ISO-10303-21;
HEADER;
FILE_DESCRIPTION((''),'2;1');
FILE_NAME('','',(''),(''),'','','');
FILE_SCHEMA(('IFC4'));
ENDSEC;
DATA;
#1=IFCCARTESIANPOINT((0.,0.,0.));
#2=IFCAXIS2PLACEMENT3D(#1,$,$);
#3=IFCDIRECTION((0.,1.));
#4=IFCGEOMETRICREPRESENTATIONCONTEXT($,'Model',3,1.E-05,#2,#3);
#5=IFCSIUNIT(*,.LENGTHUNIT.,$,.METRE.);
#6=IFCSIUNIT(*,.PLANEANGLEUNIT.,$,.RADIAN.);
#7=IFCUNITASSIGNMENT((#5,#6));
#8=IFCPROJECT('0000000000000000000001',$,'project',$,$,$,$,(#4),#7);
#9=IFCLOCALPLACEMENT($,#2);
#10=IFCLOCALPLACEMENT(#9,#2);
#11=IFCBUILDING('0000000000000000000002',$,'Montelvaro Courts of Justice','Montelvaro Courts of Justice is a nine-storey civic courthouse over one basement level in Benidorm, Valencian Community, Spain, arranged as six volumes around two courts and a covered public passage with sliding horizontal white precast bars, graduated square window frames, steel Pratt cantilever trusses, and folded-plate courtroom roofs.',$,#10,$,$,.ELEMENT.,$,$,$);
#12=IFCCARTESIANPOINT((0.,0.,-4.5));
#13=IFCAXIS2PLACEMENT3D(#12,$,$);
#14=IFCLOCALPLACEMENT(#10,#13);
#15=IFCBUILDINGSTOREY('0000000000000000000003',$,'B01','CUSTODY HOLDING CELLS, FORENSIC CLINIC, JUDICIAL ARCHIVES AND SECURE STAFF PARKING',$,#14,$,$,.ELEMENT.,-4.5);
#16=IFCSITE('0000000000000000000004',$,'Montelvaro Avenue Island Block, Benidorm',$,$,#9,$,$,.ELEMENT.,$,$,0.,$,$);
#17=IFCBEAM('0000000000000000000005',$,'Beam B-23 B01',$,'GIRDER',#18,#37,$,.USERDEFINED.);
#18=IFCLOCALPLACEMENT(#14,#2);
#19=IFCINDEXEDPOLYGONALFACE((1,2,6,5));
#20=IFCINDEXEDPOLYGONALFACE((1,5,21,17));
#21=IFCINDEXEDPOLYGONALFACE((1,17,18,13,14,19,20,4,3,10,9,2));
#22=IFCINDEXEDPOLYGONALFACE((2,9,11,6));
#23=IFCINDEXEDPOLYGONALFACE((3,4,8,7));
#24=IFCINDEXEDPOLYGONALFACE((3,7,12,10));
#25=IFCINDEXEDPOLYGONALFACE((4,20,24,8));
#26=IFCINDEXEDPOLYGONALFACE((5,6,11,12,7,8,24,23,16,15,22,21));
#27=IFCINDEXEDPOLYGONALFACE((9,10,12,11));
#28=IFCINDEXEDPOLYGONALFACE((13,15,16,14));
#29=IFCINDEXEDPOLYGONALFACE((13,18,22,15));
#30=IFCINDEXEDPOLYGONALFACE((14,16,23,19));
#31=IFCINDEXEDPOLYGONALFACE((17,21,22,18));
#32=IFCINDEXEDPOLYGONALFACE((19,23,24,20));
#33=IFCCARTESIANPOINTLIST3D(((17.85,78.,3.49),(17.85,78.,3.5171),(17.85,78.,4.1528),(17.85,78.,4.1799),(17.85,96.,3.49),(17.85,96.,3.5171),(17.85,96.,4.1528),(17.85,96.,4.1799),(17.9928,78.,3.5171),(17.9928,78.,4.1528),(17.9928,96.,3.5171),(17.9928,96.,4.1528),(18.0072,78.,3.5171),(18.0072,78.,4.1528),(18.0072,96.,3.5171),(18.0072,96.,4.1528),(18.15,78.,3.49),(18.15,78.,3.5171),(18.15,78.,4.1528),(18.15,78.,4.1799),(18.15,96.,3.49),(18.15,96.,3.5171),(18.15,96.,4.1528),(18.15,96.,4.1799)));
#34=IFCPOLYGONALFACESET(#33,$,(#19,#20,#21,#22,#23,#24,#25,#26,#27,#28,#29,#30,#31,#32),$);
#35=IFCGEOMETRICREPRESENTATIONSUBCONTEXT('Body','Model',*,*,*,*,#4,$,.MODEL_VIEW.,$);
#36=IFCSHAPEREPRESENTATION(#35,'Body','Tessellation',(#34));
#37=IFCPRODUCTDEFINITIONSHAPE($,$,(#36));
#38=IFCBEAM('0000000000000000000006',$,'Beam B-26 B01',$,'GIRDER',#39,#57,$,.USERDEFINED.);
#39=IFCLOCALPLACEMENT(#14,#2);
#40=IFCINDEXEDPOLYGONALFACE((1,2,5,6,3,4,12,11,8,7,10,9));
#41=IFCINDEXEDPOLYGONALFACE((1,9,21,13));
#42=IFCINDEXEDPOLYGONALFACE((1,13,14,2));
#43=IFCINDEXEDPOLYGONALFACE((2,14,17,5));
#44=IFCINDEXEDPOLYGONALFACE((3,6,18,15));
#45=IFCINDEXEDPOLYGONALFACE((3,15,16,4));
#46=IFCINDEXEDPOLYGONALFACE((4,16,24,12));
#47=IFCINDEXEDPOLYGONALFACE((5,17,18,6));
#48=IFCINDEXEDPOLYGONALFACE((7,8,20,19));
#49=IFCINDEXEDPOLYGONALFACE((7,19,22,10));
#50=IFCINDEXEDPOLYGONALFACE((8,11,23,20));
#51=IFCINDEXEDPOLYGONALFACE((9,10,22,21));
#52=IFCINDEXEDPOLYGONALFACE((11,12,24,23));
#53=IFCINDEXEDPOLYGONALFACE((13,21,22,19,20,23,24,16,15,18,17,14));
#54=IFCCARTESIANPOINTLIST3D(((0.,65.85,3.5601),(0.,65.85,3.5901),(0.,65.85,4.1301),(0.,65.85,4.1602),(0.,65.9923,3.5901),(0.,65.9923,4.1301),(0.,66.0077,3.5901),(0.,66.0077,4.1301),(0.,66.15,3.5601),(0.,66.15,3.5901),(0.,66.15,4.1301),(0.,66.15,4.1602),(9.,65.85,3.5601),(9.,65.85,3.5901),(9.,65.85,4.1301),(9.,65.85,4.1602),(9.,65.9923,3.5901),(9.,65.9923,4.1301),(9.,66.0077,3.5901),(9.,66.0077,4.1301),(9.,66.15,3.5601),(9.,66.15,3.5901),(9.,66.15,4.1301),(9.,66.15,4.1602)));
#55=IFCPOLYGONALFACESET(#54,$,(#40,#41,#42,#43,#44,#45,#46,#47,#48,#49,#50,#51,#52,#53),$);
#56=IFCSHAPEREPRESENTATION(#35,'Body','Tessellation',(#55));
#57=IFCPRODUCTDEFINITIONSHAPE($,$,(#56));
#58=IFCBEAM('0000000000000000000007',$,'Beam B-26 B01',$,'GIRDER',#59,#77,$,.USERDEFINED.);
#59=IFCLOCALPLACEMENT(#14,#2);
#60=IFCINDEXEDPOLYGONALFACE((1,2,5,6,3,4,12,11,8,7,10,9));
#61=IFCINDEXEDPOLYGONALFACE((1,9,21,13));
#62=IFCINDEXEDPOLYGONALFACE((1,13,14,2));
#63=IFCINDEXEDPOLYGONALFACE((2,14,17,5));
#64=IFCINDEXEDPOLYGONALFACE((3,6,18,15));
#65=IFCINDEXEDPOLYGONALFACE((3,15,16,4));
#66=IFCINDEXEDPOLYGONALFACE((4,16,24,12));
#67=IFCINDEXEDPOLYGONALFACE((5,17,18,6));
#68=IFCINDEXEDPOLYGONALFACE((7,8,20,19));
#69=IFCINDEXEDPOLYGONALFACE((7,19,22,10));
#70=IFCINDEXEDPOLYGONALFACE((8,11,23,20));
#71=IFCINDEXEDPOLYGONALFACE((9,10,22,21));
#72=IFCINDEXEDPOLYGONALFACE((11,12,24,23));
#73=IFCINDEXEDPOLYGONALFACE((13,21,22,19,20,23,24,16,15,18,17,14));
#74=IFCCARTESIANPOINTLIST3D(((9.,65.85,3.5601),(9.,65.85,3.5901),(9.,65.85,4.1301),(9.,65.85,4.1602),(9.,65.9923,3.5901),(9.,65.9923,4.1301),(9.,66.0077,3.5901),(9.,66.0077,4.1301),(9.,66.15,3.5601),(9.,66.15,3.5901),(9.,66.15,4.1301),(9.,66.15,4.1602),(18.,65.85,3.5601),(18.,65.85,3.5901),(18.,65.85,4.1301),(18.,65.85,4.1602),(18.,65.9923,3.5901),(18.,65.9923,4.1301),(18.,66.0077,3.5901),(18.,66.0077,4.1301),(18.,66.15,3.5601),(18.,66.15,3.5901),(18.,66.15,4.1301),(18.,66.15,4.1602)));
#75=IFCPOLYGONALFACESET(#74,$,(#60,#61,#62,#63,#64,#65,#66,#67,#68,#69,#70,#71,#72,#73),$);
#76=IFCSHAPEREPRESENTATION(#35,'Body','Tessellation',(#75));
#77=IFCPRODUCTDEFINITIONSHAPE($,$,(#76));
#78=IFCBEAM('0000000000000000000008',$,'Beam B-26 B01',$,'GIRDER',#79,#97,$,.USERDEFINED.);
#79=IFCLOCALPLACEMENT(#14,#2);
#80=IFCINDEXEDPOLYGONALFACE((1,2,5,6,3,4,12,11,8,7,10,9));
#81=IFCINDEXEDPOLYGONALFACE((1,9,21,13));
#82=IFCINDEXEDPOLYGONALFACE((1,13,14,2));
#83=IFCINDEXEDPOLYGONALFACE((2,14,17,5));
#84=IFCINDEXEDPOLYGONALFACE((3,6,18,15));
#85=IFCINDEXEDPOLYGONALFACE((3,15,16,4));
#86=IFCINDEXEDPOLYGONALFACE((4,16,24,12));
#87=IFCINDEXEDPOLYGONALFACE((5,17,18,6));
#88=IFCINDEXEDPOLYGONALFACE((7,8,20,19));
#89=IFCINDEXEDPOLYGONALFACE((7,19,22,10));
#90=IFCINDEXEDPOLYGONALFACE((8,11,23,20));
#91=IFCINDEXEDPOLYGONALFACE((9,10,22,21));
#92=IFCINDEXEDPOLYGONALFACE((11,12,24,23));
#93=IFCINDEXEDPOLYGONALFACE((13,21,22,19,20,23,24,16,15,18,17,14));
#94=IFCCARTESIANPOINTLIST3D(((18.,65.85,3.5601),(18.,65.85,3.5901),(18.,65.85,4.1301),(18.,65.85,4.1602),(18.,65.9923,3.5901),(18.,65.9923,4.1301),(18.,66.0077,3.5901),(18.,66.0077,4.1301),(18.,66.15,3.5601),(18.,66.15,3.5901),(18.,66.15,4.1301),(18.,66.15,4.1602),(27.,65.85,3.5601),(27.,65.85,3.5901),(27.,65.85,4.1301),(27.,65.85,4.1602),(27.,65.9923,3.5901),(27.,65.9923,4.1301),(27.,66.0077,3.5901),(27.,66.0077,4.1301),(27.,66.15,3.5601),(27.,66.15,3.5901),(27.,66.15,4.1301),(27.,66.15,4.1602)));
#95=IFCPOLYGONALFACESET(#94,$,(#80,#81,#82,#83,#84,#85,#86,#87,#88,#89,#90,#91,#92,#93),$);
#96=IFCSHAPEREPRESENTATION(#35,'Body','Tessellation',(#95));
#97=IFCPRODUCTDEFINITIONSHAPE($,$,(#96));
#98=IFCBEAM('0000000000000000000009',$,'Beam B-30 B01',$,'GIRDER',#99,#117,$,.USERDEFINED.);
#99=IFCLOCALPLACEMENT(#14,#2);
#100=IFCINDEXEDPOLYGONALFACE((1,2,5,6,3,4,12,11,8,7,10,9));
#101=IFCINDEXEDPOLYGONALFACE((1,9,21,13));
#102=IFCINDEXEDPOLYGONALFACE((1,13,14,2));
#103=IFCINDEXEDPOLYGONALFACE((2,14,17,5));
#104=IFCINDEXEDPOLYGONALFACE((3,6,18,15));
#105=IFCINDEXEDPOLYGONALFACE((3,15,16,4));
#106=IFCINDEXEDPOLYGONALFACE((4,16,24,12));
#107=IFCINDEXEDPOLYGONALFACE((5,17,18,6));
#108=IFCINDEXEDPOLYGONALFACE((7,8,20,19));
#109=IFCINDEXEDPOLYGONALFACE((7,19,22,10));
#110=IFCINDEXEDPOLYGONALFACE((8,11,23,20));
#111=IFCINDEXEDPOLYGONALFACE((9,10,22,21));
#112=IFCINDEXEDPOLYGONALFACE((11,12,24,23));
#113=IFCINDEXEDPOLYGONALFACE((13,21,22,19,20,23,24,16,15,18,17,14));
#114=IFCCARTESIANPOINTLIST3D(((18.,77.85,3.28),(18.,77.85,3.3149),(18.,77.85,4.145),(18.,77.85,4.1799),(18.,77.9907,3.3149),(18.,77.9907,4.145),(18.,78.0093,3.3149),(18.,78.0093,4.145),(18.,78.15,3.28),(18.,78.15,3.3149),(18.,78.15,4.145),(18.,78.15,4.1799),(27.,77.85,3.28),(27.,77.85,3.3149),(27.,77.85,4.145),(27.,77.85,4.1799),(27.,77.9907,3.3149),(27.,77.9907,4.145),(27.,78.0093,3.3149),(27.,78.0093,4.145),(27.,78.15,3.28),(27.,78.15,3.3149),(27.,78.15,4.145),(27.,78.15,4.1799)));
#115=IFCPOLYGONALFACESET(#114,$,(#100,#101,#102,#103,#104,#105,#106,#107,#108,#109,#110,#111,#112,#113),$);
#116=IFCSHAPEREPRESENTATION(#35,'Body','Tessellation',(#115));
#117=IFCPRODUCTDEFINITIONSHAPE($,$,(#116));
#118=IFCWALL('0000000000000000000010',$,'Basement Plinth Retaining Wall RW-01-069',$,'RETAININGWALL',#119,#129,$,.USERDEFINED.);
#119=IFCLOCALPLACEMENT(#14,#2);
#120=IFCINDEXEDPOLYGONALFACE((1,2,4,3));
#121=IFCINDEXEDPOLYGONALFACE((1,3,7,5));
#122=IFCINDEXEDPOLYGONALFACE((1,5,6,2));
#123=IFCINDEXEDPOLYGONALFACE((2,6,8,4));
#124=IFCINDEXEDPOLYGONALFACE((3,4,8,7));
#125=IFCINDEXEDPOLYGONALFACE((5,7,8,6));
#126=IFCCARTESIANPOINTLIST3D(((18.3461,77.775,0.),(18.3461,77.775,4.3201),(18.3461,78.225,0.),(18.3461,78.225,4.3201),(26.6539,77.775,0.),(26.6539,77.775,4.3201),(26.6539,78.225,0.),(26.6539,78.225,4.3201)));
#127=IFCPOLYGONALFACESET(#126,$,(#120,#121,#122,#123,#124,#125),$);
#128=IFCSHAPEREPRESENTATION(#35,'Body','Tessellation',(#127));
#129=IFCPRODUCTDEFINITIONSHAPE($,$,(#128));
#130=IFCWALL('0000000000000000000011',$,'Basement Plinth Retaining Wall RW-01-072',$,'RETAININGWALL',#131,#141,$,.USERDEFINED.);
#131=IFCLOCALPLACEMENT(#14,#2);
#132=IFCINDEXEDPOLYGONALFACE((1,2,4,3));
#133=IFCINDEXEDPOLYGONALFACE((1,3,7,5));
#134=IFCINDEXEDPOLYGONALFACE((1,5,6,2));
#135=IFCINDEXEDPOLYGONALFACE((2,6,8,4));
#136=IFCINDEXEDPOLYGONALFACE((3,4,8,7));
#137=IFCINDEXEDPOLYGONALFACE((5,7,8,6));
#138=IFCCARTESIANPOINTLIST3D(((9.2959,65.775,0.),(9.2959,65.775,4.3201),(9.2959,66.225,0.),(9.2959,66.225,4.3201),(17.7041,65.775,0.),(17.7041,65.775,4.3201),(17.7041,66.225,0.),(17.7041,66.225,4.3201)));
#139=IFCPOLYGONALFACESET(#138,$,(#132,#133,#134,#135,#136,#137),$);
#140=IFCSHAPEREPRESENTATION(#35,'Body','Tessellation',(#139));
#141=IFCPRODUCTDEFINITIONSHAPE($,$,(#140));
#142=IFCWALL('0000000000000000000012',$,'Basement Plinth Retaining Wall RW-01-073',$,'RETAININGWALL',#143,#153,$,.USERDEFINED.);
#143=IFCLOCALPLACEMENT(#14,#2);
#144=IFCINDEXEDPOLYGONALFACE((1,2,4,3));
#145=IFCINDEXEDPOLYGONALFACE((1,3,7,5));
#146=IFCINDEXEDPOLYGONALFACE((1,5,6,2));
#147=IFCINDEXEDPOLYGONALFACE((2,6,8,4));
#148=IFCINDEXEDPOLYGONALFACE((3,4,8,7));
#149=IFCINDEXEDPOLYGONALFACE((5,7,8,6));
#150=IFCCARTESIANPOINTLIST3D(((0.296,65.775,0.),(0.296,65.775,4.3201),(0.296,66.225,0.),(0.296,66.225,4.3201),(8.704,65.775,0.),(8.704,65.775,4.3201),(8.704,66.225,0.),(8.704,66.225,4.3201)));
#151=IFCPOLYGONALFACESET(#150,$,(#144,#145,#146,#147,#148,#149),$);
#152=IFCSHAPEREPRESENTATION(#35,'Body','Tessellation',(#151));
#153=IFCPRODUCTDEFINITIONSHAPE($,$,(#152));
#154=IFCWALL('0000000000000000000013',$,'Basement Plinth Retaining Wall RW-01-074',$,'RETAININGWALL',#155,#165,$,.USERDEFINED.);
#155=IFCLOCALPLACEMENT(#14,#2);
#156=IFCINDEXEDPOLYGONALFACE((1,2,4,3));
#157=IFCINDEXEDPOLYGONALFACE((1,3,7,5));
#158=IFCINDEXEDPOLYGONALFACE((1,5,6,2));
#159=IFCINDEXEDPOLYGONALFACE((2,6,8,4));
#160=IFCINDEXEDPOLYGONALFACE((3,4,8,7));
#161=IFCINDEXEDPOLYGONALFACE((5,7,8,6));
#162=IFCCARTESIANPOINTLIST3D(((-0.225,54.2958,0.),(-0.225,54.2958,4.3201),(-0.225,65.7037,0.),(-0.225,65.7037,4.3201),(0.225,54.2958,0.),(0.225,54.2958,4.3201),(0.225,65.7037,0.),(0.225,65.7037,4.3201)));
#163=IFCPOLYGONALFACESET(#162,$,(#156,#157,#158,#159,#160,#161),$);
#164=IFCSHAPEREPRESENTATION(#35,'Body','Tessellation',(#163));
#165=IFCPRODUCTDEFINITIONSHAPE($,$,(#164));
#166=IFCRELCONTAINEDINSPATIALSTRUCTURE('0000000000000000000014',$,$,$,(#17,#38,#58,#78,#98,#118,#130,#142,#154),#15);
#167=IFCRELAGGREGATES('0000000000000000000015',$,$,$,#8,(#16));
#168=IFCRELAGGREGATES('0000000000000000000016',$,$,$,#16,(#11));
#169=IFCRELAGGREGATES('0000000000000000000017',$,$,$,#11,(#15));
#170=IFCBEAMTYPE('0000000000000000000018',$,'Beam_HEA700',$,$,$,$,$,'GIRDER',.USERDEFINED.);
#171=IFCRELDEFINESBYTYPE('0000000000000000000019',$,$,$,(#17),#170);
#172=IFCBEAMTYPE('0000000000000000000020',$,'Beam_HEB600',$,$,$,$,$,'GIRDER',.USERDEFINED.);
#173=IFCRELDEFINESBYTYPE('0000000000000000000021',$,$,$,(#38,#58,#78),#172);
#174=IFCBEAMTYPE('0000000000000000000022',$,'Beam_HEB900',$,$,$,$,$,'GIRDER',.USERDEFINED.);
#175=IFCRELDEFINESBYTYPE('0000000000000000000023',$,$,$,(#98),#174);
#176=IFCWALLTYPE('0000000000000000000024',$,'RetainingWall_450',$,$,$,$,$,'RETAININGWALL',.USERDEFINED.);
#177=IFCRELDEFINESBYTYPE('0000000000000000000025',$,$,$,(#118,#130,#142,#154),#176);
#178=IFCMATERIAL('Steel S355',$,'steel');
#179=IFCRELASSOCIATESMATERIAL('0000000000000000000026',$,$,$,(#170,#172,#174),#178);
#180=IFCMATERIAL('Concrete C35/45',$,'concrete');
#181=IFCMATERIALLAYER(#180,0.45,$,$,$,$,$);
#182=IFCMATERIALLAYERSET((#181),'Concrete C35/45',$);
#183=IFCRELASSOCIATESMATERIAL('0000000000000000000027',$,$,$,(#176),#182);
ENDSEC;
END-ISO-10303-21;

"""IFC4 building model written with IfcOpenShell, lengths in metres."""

from ifc_helpers import new_model, si_unit, direction, frame, frame_2d, origin, origin_2d, place, context, subcontext, project, spatial, rectangle, i_section, extrude, material, layer, layer_set, material_profile, profile_set, type_object, element, save


model = new_model("IFC4")

# Units and contexts
model_context = context("Model", 3, precision=1e-05, world=origin(), true_north=direction((0.0, 1.0)))
body_context = subcontext(model_context, "Body", "Model", "MODEL_VIEW")
ifc_project = project(units=[si_unit("LENGTHUNIT", "METRE"), si_unit("PLANEANGLEUNIT", "RADIAN")], contexts=[model_context])

# Site, building, storey
site_placement = place(None, origin())
site = spatial("IfcSite", under=ifc_project, at=site_placement, Name="Montelvaro Avenue Island Block, Benidorm", CompositionType="ELEMENT", RefElevation=0.0)
building_placement = place(site_placement, origin())
building = spatial("IfcBuilding", under=site, at=building_placement, Name="Montelvaro Courts of Justice", Description="Montelvaro Courts of Justice is a nine-storey civic courthouse over one basement level in Benidorm, Valencian Community, Spain, arranged as six volumes around two courts and a covered public passage with sliding horizontal white precast bars, graduated square window frames, steel Pratt cantilever trusses, and folded-plate courtroom roofs.", CompositionType="ELEMENT")
storey_placement = place(building_placement, frame((0.0, 0.0, -4.5)))
storey = spatial("IfcBuildingStorey", under=building, at=storey_placement, Name="B01", Description="CUSTODY HOLDING CELLS, FORENSIC CLINIC, JUDICIAL ARCHIVES AND SECURE STAFF PARKING", CompositionType="ELEMENT", Elevation=-4.5)

# Shared definitions
ifc_material_1 = material(Name="Concrete C35/45", Category="concrete")

# Beams
ifc_material_2 = material(Name="Steel S355", Category="steel")
ifc_material_profile_1 = material_profile(ifc_material_2, i_section(OverallWidth=0.3, OverallDepth=0.6899, WebThickness=0.0144, FlangeThickness=0.0271, at=origin_2d()), Name="HEA 700")
ifc_profile_set_1 = profile_set([ifc_material_profile_1], Name="Steel S355")
beam_type_1 = type_object("IfcBeamType", Name="Beam_HEA700", ElementType="GIRDER", PredefinedType="USERDEFINED", material=ifc_profile_set_1)
beam_1_placement = place(storey_placement, frame((18.0, 78.0, 3.835), z_axis=(0.0, 1.0, 0.0), x_axis=(-1.0, 0.0, 0.0)))
element("IfcBeam", 1, at=beam_1_placement, inside=storey, type_object=beam_type_1, Name="Beam B-23 B01", ObjectType="GIRDER", PredefinedType="USERDEFINED", context=body_context, shape_type="SweptSolid", body=[
    extrude(i_section(OverallWidth=0.3, OverallDepth=0.6899, WebThickness=0.0144, FlangeThickness=0.0271, at=origin_2d()), origin(), (0.0, 0.0, 1.0), 18.0),
])
ifc_material_profile_2 = material_profile(ifc_material_2, i_section(OverallWidth=0.3, OverallDepth=0.6001, WebThickness=0.0154, FlangeThickness=0.03, at=origin_2d()), Name="HEB 600")
ifc_profile_set_2 = profile_set([ifc_material_profile_2], Name="Steel S355")
beam_type_2 = type_object("IfcBeamType", Name="Beam_HEB600", ElementType="GIRDER", PredefinedType="USERDEFINED", material=ifc_profile_set_2)
for number, where, z_axis, x_axis, name in (
    (2, (0.0, 66.0, 3.8601), (1.0, 0.0, 0.0), (0.0, 1.0, 0.0), "Beam B-26 B01"),
    (3, (9.0, 66.0, 3.8601), (1.0, 0.0, 0.0), (0.0, 1.0, 0.0), "Beam B-26 B01"),
    (4, (18.0, 66.0, 3.8601), (1.0, 0.0, 0.0), (0.0, 1.0, 0.0), "Beam B-26 B01"),
):
    element("IfcBeam", number, at=place(storey_placement, frame(where, z_axis=z_axis, x_axis=x_axis)), inside=storey, type_object=beam_type_2, Name=name, ObjectType="GIRDER", PredefinedType="USERDEFINED", context=body_context, shape_type="SweptSolid", body=[
        extrude(i_section(OverallWidth=0.3, OverallDepth=0.6001, WebThickness=0.0154, FlangeThickness=0.03, at=origin_2d()), origin(), (0.0, 0.0, 1.0), 9.0),
    ])
ifc_material_profile_3 = material_profile(ifc_material_2, i_section(OverallWidth=0.3, OverallDepth=0.8999, WebThickness=0.0186, FlangeThickness=0.0349, at=origin_2d()), Name="HEB 900")
ifc_profile_set_3 = profile_set([ifc_material_profile_3], Name="Steel S355")
beam_type_3 = type_object("IfcBeamType", Name="Beam_HEB900", ElementType="GIRDER", PredefinedType="USERDEFINED", material=ifc_profile_set_3)
beam_2_placement = place(storey_placement, frame((18.0, 78.0, 3.73), z_axis=(1.0, 0.0, 0.0), x_axis=(0.0, 1.0, 0.0)))
element("IfcBeam", 5, at=beam_2_placement, inside=storey, type_object=beam_type_3, Name="Beam B-30 B01", ObjectType="GIRDER", PredefinedType="USERDEFINED", context=body_context, shape_type="SweptSolid", body=[
    extrude(i_section(OverallWidth=0.3, OverallDepth=0.8999, WebThickness=0.0186, FlangeThickness=0.0349, at=origin_2d()), origin(), (0.0, 0.0, 1.0), 9.0),
])

# Walls
ifc_layer = layer(ifc_material_1, 0.45)
ifc_layer_set = layer_set([ifc_layer], Name="Concrete C35/45")
wall_type = type_object("IfcWallType", Name="RetainingWall_450", ElementType="RETAININGWALL", PredefinedType="USERDEFINED", material=ifc_layer_set)
wall_1_placement = place(storey_placement, frame((18.3462, 78.0, 0.0), z_axis=(0.0, 0.0, 1.0), x_axis=(1.0, 0.0, 0.0)))
element("IfcWall", 6, at=wall_1_placement, inside=storey, type_object=wall_type, Name="Basement Plinth Retaining Wall RW-01-069", ObjectType="RETAININGWALL", PredefinedType="USERDEFINED", context=body_context, shape_type="SweptSolid", body=[
    extrude(rectangle(XDim=8.3079, YDim=0.45, at=frame_2d((4.1538, 0.0))), origin(), (0.0, 0.0, 1.0), 4.3201),
])
wall_2_placement = place(storey_placement, frame((17.7041, 66.0, 0.0), z_axis=(0.0, 0.0, 1.0), x_axis=(-1.0, 0.0, 0.0)))
element("IfcWall", 7, at=wall_2_placement, inside=storey, type_object=wall_type, Name="Basement Plinth Retaining Wall RW-01-072", ObjectType="RETAININGWALL", PredefinedType="USERDEFINED", context=body_context, shape_type="SweptSolid", body=[
    extrude(rectangle(XDim=8.4082, YDim=0.45, at=frame_2d((4.2041, 0.0))), origin(), (0.0, 0.0, 1.0), 4.3201),
])
wall_3_placement = place(storey_placement, frame((8.7041, 66.0, 0.0), z_axis=(0.0, 0.0, 1.0), x_axis=(-1.0, 0.0, 0.0)))
element("IfcWall", 8, at=wall_3_placement, inside=storey, type_object=wall_type, Name="Basement Plinth Retaining Wall RW-01-073", ObjectType="RETAININGWALL", PredefinedType="USERDEFINED", context=body_context, shape_type="SweptSolid", body=[
    extrude(rectangle(XDim=8.408, YDim=0.45, at=frame_2d((4.2041, 0.0))), origin(), (0.0, 0.0, 1.0), 4.3201),
])
wall_4_placement = place(storey_placement, frame((0.0, 65.7039, 0.0), z_axis=(0.0, 0.0, 1.0), x_axis=(0.0, -1.0, 0.0)))
element("IfcWall", 9, at=wall_4_placement, inside=storey, type_object=wall_type, Name="Basement Plinth Retaining Wall RW-01-074", ObjectType="RETAININGWALL", PredefinedType="USERDEFINED", context=body_context, shape_type="SweptSolid", body=[
    extrude(rectangle(XDim=11.408, YDim=0.45, at=frame_2d((5.7041, 0.0))), origin(), (0.0, 0.0, 1.0), 4.3201),
])

save(model, "model.ifc")
